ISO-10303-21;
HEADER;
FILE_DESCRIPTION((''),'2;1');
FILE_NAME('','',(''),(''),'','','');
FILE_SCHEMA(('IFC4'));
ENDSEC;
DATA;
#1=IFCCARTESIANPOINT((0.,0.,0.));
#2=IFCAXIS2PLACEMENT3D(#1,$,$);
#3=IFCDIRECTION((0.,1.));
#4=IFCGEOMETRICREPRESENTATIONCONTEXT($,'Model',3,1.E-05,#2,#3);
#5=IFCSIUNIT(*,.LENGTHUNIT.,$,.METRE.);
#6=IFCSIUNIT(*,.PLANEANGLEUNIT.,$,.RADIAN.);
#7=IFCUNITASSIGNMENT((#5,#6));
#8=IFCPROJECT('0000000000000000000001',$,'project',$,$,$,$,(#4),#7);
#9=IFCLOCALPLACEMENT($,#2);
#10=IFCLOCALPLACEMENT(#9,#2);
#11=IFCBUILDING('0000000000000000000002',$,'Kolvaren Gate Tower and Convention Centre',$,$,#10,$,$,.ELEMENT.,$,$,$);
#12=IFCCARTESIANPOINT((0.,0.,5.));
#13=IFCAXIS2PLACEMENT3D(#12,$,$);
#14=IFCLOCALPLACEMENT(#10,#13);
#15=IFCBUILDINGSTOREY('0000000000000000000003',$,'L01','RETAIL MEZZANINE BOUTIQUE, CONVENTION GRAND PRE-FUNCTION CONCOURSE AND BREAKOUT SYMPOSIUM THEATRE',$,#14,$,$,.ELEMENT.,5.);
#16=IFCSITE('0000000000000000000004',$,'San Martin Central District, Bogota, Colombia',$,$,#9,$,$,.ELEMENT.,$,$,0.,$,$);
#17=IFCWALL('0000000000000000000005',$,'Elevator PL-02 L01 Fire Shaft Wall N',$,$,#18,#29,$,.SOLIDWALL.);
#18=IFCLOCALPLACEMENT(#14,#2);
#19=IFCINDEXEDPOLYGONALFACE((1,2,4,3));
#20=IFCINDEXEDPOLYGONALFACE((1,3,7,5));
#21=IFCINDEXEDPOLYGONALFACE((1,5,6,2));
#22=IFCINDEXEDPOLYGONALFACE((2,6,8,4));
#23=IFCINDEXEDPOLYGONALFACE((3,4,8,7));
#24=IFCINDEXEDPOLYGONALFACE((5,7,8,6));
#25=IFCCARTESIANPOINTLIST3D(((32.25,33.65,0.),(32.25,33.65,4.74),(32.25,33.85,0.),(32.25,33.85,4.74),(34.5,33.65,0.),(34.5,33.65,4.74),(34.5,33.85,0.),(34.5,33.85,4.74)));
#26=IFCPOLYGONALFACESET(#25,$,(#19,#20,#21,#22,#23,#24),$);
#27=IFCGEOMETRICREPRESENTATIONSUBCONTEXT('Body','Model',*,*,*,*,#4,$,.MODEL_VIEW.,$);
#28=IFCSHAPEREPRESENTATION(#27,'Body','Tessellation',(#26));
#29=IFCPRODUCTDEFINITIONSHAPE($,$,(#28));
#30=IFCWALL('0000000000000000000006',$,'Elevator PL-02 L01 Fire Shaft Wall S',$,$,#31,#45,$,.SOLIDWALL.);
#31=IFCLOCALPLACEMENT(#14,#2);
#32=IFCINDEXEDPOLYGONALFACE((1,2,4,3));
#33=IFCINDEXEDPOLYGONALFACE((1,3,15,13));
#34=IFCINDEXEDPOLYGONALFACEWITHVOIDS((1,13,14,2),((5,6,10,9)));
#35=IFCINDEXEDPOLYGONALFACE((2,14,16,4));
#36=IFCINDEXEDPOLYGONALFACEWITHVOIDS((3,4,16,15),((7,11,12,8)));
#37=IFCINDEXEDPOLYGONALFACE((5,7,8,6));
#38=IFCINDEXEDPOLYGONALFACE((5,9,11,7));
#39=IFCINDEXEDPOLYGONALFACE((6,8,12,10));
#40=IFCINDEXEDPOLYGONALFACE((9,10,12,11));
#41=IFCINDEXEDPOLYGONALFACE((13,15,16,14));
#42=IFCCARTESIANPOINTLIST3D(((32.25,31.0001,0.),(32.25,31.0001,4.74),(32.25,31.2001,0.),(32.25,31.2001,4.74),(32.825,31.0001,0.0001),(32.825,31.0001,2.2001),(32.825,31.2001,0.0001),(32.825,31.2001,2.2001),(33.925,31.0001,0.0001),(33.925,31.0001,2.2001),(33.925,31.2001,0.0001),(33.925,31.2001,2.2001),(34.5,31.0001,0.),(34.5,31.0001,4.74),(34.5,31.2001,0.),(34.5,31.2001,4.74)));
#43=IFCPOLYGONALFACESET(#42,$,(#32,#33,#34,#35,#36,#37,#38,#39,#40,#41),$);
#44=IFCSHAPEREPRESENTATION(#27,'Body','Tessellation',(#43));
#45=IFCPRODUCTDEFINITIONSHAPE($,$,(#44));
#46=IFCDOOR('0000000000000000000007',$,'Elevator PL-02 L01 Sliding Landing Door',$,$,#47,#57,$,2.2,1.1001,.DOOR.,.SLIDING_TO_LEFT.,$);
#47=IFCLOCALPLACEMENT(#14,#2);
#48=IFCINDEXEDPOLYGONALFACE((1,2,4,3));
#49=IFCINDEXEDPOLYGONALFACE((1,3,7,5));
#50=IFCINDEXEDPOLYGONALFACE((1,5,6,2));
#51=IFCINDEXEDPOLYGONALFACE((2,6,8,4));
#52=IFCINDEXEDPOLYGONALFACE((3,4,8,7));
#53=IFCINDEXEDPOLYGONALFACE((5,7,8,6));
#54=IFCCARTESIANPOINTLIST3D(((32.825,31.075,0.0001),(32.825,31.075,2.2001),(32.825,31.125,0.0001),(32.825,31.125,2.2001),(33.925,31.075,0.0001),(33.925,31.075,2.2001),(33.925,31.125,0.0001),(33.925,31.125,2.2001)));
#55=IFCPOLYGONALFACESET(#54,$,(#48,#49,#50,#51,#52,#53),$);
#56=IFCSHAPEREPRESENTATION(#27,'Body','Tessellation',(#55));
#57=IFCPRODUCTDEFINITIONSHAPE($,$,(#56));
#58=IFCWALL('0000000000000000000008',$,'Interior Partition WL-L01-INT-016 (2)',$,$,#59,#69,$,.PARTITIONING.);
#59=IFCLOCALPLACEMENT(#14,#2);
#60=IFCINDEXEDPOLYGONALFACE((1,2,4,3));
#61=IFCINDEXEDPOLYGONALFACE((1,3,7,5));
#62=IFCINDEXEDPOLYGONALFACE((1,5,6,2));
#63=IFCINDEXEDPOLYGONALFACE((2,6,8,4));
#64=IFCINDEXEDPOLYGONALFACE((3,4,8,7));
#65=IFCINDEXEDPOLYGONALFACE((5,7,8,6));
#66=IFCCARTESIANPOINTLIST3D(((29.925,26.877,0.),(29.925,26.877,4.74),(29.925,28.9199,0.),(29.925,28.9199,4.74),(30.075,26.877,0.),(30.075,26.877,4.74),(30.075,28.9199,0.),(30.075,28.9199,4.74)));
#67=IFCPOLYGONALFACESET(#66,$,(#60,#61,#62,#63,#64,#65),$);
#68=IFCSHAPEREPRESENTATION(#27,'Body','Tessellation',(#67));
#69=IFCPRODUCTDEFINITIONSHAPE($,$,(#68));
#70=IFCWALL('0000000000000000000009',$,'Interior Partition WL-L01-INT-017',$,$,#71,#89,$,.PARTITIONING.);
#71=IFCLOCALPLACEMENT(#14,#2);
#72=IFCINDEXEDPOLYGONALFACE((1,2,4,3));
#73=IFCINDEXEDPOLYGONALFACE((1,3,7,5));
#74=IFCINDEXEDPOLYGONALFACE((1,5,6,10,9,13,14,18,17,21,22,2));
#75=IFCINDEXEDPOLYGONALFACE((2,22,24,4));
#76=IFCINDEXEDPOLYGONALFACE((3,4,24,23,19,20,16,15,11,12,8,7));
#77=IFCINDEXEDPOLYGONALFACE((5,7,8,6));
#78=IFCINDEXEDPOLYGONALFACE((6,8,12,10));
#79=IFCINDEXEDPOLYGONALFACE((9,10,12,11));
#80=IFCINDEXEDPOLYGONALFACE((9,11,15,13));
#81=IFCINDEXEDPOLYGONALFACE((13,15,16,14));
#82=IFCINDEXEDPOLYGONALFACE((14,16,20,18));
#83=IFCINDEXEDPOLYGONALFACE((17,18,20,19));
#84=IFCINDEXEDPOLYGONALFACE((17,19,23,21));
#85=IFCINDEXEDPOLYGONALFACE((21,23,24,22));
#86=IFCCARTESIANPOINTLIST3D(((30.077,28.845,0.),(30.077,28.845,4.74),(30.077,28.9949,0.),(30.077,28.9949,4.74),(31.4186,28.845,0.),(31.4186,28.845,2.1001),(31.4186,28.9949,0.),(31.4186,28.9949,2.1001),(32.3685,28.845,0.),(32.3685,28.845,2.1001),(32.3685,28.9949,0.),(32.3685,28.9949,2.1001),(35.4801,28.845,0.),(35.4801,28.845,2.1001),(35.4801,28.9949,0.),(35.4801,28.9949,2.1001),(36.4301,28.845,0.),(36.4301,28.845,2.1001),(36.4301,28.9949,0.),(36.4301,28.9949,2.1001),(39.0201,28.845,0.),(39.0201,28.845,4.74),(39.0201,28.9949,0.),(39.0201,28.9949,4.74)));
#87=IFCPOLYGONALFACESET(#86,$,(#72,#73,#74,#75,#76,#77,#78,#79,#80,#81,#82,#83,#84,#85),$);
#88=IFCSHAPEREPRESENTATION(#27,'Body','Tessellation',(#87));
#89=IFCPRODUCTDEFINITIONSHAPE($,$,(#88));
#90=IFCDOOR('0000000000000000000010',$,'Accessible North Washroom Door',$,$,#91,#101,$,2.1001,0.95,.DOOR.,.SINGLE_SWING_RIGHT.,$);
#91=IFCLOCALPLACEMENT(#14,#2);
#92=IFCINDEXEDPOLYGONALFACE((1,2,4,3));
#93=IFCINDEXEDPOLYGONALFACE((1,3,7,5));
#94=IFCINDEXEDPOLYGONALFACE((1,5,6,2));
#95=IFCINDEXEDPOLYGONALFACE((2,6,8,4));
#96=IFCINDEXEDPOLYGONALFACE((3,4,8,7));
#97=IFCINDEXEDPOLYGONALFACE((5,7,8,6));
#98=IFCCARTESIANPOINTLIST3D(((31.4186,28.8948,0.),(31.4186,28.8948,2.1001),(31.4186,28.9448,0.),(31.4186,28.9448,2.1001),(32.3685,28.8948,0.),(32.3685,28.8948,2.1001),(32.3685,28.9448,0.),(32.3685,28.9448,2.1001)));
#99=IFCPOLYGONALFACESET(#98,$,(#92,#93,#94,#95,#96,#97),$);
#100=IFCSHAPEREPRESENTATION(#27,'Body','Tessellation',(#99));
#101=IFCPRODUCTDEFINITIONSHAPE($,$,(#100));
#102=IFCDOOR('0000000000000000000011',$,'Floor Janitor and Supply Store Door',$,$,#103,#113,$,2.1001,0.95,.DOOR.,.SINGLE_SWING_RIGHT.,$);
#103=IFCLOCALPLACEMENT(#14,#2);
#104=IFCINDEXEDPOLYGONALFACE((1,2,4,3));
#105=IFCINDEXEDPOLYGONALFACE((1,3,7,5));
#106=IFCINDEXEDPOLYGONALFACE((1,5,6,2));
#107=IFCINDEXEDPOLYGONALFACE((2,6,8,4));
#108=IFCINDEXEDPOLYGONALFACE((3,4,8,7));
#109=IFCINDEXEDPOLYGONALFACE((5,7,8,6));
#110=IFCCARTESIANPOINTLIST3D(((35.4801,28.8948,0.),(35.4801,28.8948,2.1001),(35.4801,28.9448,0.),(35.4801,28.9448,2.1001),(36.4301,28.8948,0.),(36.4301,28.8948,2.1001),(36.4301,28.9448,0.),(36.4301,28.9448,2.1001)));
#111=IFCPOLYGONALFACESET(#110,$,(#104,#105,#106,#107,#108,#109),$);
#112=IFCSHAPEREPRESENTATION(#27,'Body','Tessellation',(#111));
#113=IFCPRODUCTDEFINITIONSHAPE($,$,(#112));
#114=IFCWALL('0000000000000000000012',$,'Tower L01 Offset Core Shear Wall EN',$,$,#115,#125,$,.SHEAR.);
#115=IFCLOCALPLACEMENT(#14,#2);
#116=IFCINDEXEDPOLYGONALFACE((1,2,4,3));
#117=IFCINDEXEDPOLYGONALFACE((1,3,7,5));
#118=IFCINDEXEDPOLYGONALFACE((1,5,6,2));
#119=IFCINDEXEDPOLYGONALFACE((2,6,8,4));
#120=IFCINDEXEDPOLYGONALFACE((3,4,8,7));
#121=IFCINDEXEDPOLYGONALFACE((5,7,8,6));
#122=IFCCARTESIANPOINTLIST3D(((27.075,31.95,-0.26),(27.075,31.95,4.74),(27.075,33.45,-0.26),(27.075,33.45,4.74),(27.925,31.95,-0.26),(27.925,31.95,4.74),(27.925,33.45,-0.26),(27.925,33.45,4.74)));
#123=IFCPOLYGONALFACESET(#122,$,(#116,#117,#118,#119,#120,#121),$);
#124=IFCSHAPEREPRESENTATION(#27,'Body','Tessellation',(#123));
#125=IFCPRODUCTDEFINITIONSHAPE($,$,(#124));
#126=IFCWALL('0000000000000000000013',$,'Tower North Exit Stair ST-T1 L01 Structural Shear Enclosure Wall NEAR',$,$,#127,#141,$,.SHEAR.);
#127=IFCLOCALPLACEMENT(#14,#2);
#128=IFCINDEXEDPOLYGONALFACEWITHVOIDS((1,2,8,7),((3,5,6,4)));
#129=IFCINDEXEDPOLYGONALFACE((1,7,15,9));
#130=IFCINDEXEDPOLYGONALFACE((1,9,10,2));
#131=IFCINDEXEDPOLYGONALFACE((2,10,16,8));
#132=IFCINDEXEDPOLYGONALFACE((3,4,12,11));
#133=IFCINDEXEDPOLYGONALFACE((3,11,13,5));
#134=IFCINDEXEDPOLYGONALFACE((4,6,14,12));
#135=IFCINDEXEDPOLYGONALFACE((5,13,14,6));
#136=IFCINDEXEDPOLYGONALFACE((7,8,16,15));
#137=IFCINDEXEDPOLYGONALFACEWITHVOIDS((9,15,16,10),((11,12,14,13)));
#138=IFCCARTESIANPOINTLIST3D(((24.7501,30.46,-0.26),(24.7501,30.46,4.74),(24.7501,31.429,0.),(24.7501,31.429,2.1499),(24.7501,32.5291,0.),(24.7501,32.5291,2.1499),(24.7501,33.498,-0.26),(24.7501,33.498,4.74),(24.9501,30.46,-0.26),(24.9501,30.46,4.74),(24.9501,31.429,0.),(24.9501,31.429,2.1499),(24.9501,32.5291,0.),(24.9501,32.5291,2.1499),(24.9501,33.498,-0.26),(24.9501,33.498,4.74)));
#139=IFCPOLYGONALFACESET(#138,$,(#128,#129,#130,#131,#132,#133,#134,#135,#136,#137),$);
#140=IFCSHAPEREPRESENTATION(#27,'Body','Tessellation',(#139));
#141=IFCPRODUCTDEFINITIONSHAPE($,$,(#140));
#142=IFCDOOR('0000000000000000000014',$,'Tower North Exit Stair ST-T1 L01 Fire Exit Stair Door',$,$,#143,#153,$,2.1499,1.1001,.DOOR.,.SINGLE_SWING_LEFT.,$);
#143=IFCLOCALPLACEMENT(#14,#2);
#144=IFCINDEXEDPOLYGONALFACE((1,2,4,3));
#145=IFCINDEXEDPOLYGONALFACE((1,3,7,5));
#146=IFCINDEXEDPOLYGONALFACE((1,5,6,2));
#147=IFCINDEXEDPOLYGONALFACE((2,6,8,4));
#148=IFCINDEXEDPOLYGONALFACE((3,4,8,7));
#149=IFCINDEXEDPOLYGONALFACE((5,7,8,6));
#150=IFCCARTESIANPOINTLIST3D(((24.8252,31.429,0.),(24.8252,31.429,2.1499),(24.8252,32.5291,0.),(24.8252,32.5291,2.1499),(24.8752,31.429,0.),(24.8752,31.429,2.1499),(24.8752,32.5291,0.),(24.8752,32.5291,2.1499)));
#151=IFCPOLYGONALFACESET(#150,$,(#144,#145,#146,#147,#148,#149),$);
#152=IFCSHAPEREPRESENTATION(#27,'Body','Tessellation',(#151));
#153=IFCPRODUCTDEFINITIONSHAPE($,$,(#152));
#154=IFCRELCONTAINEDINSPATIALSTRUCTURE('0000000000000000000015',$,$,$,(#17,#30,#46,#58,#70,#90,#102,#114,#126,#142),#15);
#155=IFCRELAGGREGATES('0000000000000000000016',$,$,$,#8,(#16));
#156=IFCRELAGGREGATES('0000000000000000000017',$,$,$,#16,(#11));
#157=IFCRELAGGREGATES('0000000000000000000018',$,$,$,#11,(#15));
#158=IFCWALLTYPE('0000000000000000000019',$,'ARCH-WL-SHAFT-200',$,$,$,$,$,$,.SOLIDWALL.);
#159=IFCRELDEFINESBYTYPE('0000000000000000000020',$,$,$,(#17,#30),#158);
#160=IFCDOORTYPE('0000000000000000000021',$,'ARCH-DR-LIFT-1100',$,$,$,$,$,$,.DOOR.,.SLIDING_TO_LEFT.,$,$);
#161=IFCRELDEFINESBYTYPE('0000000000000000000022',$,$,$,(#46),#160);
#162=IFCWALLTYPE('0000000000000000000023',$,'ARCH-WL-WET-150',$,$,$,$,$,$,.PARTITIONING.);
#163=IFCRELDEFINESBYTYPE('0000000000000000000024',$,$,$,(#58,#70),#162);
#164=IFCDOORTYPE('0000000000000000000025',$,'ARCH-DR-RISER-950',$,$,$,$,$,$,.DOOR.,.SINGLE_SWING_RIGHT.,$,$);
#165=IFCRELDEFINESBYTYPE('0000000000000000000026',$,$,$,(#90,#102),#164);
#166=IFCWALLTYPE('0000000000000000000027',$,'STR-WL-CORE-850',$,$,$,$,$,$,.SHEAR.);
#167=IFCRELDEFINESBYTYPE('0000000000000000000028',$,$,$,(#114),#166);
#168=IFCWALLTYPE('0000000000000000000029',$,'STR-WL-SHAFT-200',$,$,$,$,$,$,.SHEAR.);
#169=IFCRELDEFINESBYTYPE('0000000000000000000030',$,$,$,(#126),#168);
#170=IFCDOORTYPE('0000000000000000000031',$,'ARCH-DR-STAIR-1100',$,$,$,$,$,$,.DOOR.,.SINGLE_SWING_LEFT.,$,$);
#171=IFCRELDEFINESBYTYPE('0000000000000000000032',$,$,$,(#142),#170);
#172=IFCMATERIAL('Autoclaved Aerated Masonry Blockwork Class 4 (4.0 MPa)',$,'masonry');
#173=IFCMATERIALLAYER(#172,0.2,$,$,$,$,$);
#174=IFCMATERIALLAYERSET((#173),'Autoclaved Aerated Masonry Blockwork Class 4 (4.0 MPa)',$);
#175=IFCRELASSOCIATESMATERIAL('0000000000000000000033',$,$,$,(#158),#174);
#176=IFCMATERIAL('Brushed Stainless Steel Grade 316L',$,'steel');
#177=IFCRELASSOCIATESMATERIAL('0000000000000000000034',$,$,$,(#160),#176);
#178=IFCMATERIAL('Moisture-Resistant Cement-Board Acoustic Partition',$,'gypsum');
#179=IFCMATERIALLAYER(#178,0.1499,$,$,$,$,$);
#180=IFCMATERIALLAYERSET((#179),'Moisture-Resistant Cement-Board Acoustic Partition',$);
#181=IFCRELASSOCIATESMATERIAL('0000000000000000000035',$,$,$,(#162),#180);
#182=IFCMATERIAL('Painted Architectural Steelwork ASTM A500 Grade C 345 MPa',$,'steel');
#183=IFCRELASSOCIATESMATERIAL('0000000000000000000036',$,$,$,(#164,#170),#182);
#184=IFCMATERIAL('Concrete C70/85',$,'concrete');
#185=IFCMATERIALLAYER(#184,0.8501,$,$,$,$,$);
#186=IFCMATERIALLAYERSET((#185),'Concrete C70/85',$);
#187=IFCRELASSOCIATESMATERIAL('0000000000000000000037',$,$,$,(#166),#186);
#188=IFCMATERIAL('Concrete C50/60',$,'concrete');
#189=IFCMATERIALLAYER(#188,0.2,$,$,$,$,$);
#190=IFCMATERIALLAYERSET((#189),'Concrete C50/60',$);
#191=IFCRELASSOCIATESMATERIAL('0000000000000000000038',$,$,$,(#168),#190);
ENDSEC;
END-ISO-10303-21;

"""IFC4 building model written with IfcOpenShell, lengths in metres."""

from ifc_helpers import new_model, si_unit, direction, frame, frame_2d, origin, place, context, subcontext, project, spatial, rectangle, extrude, material, layer, layer_set, type_object, element, fill, save


model = new_model("IFC4")

# Units and contexts
model_context = context("Model", 3, precision=1e-05, world=origin(), true_north=direction((0.0, 1.0)))
body_context = subcontext(model_context, "Body", "Model", "MODEL_VIEW")
ifc_project = project(units=[si_unit("LENGTHUNIT", "METRE"), si_unit("PLANEANGLEUNIT", "RADIAN")], contexts=[model_context])

# Site, building, storey
site_placement = place(None, origin())
site = spatial("IfcSite", under=ifc_project, at=site_placement, Name="San Martin Central District, Bogota, Colombia", CompositionType="ELEMENT", RefElevation=0.0)
building_placement = place(site_placement, origin())
building = spatial("IfcBuilding", under=site, at=building_placement, Name="Kolvaren Gate Tower and Convention Centre", CompositionType="ELEMENT")
storey_placement = place(building_placement, frame((0.0, 0.0, 5.0)))
storey = spatial("IfcBuildingStorey", under=building, at=storey_placement, Name="L01", Description="RETAIL MEZZANINE BOUTIQUE, CONVENTION GRAND PRE-FUNCTION CONCOURSE AND BREAKOUT SYMPOSIUM THEATRE", CompositionType="ELEMENT", Elevation=5.0)

# Shared definitions
ifc_material_1 = material(Name="Autoclaved Aerated Masonry Blockwork Class 4 (4.0 MPa)", Category="masonry")

# Shared definitions
ifc_layer_1 = layer(ifc_material_1, 0.2)
ifc_layer_set_1 = layer_set([ifc_layer_1], Name="Autoclaved Aerated Masonry Blockwork Class 4 (4.0 MPa)")
wall_type_1 = type_object("IfcWallType", Name="ARCH-WL-SHAFT-200", PredefinedType="SOLIDWALL", material=ifc_layer_set_1)
ifc_material_2 = material(Name="Brushed Stainless Steel Grade 316L", Category="steel")
door_type_1 = type_object("IfcDoorType", Name="ARCH-DR-LIFT-1100", OperationType="SLIDING_TO_LEFT", PredefinedType="DOOR", material=ifc_material_2)

# Wall
wall_1_placement = place(storey_placement, frame((32.25, 33.75, 0.0), z_axis=(0.0, 0.0, 1.0), x_axis=(1.0, 0.0, 0.0)))
element("IfcWall", 1, at=wall_1_placement, inside=storey, type_object=wall_type_1, Name="Elevator PL-02 L01 Fire Shaft Wall N", PredefinedType="SOLIDWALL", context=body_context, shape_type="SweptSolid", body=[
    extrude(rectangle(XDim=2.25, YDim=0.2, at=frame_2d((1.125, 0.0))), origin(), (0.0, 0.0, 1.0), 4.74),
])

# Wall, opening, door
wall_2_placement = place(storey_placement, frame((32.25, 31.1001, 0.0), z_axis=(0.0, 0.0, 1.0), x_axis=(1.0, 0.0, 0.0)))
wall_2 = element("IfcWall", 2, at=wall_2_placement, inside=storey, type_object=wall_type_1, Name="Elevator PL-02 L01 Fire Shaft Wall S", PredefinedType="SOLIDWALL", context=body_context, shape_type="SweptSolid", body=[
    extrude(rectangle(XDim=2.25, YDim=0.2, at=frame_2d((1.125, 0.0))), origin(), (0.0, 0.0, 1.0), 4.74),
])
opening_1_placement = place(wall_2_placement, frame((0.575, 0.0, 0.0)))
opening_1 = element("IfcOpeningElement", 3, at=opening_1_placement, cuts=wall_2, PredefinedType="OPENING", context=body_context, shape_type="SweptSolid", body=[
    extrude(rectangle(XDim=1.1001, YDim=2.2, at=frame_2d((0.55, 1.1001))), frame((0.0, 0.1099, 0.0), z_axis=(0.0, -1.0, 0.0), x_axis=(1.0, 0.0, 0.0)), (0.0, 0.0, 1.0), 0.22),
])
door_1_placement = place(opening_1_placement, origin())
door_1 = element("IfcDoor", 4, at=door_1_placement, inside=storey, type_object=door_type_1, Name="Elevator PL-02 L01 Sliding Landing Door", OperationType="SLIDING_TO_LEFT", OverallHeight=2.2, OverallWidth=1.1001, PredefinedType="DOOR", context=body_context, shape_type="SweptSolid", body=[
    extrude(rectangle(XDim=1.1001, YDim=2.2, at=frame_2d((0.55, 1.1001))), frame((0.0, 0.0249, 0.0), z_axis=(0.0, -1.0, 0.0), x_axis=(1.0, 0.0, 0.0)), (0.0, 0.0, 1.0), 0.05),
])
fill(opening_1, door_1)

# Wall
ifc_material_3 = material(Name="Moisture-Resistant Cement-Board Acoustic Partition", Category="gypsum")
ifc_layer_2 = layer(ifc_material_3, 0.1499)
ifc_layer_set_2 = layer_set([ifc_layer_2], Name="Moisture-Resistant Cement-Board Acoustic Partition")
wall_type_2 = type_object("IfcWallType", Name="ARCH-WL-WET-150", PredefinedType="PARTITIONING", material=ifc_layer_set_2)
wall_3_placement = place(storey_placement, frame((30.0, 26.877, 0.0), z_axis=(0.0, 0.0, 1.0), x_axis=(0.0, 1.0, 0.0)))
element("IfcWall", 5, at=wall_3_placement, inside=storey, type_object=wall_type_2, Name="Interior Partition WL-L01-INT-016 (2)", PredefinedType="PARTITIONING", context=body_context, shape_type="SweptSolid", body=[
    extrude(rectangle(XDim=2.043, YDim=0.1499, at=frame_2d((1.0215, 0.0))), origin(), (0.0, 0.0, 1.0), 4.74),
])

# Wall, openings, doors
wall_4_placement = place(storey_placement, frame((30.0769, 28.9199, 0.0), z_axis=(0.0, 0.0, 1.0), x_axis=(1.0, 0.0, 0.0)))
wall_4 = element("IfcWall", 6, at=wall_4_placement, inside=storey, type_object=wall_type_2, Name="Interior Partition WL-L01-INT-017", PredefinedType="PARTITIONING", context=body_context, shape_type="SweptSolid", body=[
    extrude(rectangle(XDim=8.9431, YDim=0.1499, at=frame_2d((4.4717, 0.0))), origin(), (0.0, 0.0, 1.0), 4.74),
])
opening_2_placement = place(wall_4_placement, frame((1.3416, 0.0, 0.0)))
opening_2 = element("IfcOpeningElement", 7, at=opening_2_placement, cuts=wall_4, PredefinedType="OPENING", context=body_context, shape_type="SweptSolid", body=[
    extrude(rectangle(XDim=0.95, YDim=2.1001, at=frame_2d((0.4751, 1.05))), frame((0.0, 0.085, 0.0), z_axis=(0.0, -1.0, 0.0), x_axis=(1.0, 0.0, 0.0)), (0.0, 0.0, 1.0), 0.1699),
])
opening_3_placement = place(wall_4_placement, frame((5.4031, 0.0, 0.0)))
opening_3 = element("IfcOpeningElement", 8, at=opening_3_placement, cuts=wall_4, PredefinedType="OPENING", context=body_context, shape_type="SweptSolid", body=[
    extrude(rectangle(XDim=0.95, YDim=2.1001, at=frame_2d((0.4751, 1.05))), frame((0.0, 0.085, 0.0), z_axis=(0.0, -1.0, 0.0), x_axis=(1.0, 0.0, 0.0)), (0.0, 0.0, 1.0), 0.1699),
])
ifc_material_4 = material(Name="Painted Architectural Steelwork ASTM A500 Grade C 345 MPa", Category="steel")
door_type_2 = type_object("IfcDoorType", Name="ARCH-DR-RISER-950", OperationType="SINGLE_SWING_RIGHT", PredefinedType="DOOR", material=ifc_material_4)
door_2_placement = place(opening_2_placement, origin())
door_2 = element("IfcDoor", 9, at=door_2_placement, inside=storey, type_object=door_type_2, Name="Accessible North Washroom Door", OperationType="SINGLE_SWING_RIGHT", OverallHeight=2.1001, OverallWidth=0.95, PredefinedType="DOOR", context=body_context, shape_type="SweptSolid", body=[
    extrude(rectangle(XDim=0.95, YDim=2.1001, at=frame_2d((0.4751, 1.05))), frame((0.0, 0.0249, 0.0), z_axis=(0.0, -1.0, 0.0), x_axis=(1.0, 0.0, 0.0)), (0.0, 0.0, 1.0), 0.05),
])
fill(opening_2, door_2)
door_3_placement = place(opening_3_placement, origin())
door_3 = element("IfcDoor", 10, at=door_3_placement, inside=storey, type_object=door_type_2, Name="Floor Janitor and Supply Store Door", OperationType="SINGLE_SWING_RIGHT", OverallHeight=2.1001, OverallWidth=0.95, PredefinedType="DOOR", context=body_context, shape_type="SweptSolid", body=[
    extrude(rectangle(XDim=0.95, YDim=2.1001, at=frame_2d((0.4751, 1.05))), frame((0.0, 0.0249, 0.0), z_axis=(0.0, -1.0, 0.0), x_axis=(1.0, 0.0, 0.0)), (0.0, 0.0, 1.0), 0.05),
])
fill(opening_3, door_3)

# Wall
ifc_material_5 = material(Name="Concrete C70/85", Category="concrete")
ifc_layer_3 = layer(ifc_material_5, 0.8501)
ifc_layer_set_3 = layer_set([ifc_layer_3], Name="Concrete C70/85")
wall_type_3 = type_object("IfcWallType", Name="STR-WL-CORE-850", PredefinedType="SHEAR", material=ifc_layer_set_3)
wall_5_placement = place(storey_placement, frame((27.5, 31.95, -0.26), z_axis=(0.0, 0.0, 1.0), x_axis=(0.0, 1.0, 0.0)))
element("IfcWall", 11, at=wall_5_placement, inside=storey, type_object=wall_type_3, Name="Tower L01 Offset Core Shear Wall EN", PredefinedType="SHEAR", context=body_context, shape_type="SweptSolid", body=[
    extrude(rectangle(XDim=1.5, YDim=0.8501, at=frame_2d((0.75, 0.0))), origin(), (0.0, 0.0, 1.0), 5.0),
])

# Wall, opening, door
ifc_material_6 = material(Name="Concrete C50/60", Category="concrete")
ifc_layer_4 = layer(ifc_material_6, 0.2)
ifc_layer_set_4 = layer_set([ifc_layer_4], Name="Concrete C50/60")
wall_type_4 = type_object("IfcWallType", Name="STR-WL-SHAFT-200", PredefinedType="SHEAR", material=ifc_layer_set_4)
wall_6_placement = place(storey_placement, frame((24.8501, 30.46, -0.26), z_axis=(0.0, 0.0, 1.0), x_axis=(0.0, 1.0, 0.0)))
wall_6 = element("IfcWall", 12, at=wall_6_placement, inside=storey, type_object=wall_type_4, Name="Tower North Exit Stair ST-T1 L01 Structural Shear Enclosure Wall NEAR", PredefinedType="SHEAR", context=body_context, shape_type="SweptSolid", body=[
    extrude(rectangle(XDim=3.0381, YDim=0.2, at=frame_2d((1.519, 0.0))), origin(), (0.0, 0.0, 1.0), 5.0),
])
opening_4_placement = place(wall_6_placement, frame((0.969, 0.0, 0.26)))
opening_4 = element("IfcOpeningElement", 13, at=opening_4_placement, cuts=wall_6, PredefinedType="OPENING", context=body_context, shape_type="SweptSolid", body=[
    extrude(rectangle(XDim=1.1001, YDim=2.1499, at=frame_2d((0.55, 1.075))), frame((0.0, 0.1099, 0.0), z_axis=(0.0, -1.0, 0.0), x_axis=(1.0, 0.0, 0.0)), (0.0, 0.0, 1.0), 0.22),
])
door_type_3 = type_object("IfcDoorType", Name="ARCH-DR-STAIR-1100", OperationType="SINGLE_SWING_LEFT", PredefinedType="DOOR", material=ifc_material_4)
door_4_placement = place(opening_4_placement, origin())
door_4 = element("IfcDoor", 14, at=door_4_placement, inside=storey, type_object=door_type_3, Name="Tower North Exit Stair ST-T1 L01 Fire Exit Stair Door", OperationType="SINGLE_SWING_LEFT", OverallHeight=2.1499, OverallWidth=1.1001, PredefinedType="DOOR", context=body_context, shape_type="SweptSolid", body=[
    extrude(rectangle(XDim=1.1001, YDim=2.1499, at=frame_2d((0.55, 1.075))), frame((0.0, 0.0249, 0.0), z_axis=(0.0, -1.0, 0.0), x_axis=(1.0, 0.0, 0.0)), (0.0, 0.0, 1.0), 0.05),
])
fill(opening_4, door_4)

save(model, "model.ifc")
